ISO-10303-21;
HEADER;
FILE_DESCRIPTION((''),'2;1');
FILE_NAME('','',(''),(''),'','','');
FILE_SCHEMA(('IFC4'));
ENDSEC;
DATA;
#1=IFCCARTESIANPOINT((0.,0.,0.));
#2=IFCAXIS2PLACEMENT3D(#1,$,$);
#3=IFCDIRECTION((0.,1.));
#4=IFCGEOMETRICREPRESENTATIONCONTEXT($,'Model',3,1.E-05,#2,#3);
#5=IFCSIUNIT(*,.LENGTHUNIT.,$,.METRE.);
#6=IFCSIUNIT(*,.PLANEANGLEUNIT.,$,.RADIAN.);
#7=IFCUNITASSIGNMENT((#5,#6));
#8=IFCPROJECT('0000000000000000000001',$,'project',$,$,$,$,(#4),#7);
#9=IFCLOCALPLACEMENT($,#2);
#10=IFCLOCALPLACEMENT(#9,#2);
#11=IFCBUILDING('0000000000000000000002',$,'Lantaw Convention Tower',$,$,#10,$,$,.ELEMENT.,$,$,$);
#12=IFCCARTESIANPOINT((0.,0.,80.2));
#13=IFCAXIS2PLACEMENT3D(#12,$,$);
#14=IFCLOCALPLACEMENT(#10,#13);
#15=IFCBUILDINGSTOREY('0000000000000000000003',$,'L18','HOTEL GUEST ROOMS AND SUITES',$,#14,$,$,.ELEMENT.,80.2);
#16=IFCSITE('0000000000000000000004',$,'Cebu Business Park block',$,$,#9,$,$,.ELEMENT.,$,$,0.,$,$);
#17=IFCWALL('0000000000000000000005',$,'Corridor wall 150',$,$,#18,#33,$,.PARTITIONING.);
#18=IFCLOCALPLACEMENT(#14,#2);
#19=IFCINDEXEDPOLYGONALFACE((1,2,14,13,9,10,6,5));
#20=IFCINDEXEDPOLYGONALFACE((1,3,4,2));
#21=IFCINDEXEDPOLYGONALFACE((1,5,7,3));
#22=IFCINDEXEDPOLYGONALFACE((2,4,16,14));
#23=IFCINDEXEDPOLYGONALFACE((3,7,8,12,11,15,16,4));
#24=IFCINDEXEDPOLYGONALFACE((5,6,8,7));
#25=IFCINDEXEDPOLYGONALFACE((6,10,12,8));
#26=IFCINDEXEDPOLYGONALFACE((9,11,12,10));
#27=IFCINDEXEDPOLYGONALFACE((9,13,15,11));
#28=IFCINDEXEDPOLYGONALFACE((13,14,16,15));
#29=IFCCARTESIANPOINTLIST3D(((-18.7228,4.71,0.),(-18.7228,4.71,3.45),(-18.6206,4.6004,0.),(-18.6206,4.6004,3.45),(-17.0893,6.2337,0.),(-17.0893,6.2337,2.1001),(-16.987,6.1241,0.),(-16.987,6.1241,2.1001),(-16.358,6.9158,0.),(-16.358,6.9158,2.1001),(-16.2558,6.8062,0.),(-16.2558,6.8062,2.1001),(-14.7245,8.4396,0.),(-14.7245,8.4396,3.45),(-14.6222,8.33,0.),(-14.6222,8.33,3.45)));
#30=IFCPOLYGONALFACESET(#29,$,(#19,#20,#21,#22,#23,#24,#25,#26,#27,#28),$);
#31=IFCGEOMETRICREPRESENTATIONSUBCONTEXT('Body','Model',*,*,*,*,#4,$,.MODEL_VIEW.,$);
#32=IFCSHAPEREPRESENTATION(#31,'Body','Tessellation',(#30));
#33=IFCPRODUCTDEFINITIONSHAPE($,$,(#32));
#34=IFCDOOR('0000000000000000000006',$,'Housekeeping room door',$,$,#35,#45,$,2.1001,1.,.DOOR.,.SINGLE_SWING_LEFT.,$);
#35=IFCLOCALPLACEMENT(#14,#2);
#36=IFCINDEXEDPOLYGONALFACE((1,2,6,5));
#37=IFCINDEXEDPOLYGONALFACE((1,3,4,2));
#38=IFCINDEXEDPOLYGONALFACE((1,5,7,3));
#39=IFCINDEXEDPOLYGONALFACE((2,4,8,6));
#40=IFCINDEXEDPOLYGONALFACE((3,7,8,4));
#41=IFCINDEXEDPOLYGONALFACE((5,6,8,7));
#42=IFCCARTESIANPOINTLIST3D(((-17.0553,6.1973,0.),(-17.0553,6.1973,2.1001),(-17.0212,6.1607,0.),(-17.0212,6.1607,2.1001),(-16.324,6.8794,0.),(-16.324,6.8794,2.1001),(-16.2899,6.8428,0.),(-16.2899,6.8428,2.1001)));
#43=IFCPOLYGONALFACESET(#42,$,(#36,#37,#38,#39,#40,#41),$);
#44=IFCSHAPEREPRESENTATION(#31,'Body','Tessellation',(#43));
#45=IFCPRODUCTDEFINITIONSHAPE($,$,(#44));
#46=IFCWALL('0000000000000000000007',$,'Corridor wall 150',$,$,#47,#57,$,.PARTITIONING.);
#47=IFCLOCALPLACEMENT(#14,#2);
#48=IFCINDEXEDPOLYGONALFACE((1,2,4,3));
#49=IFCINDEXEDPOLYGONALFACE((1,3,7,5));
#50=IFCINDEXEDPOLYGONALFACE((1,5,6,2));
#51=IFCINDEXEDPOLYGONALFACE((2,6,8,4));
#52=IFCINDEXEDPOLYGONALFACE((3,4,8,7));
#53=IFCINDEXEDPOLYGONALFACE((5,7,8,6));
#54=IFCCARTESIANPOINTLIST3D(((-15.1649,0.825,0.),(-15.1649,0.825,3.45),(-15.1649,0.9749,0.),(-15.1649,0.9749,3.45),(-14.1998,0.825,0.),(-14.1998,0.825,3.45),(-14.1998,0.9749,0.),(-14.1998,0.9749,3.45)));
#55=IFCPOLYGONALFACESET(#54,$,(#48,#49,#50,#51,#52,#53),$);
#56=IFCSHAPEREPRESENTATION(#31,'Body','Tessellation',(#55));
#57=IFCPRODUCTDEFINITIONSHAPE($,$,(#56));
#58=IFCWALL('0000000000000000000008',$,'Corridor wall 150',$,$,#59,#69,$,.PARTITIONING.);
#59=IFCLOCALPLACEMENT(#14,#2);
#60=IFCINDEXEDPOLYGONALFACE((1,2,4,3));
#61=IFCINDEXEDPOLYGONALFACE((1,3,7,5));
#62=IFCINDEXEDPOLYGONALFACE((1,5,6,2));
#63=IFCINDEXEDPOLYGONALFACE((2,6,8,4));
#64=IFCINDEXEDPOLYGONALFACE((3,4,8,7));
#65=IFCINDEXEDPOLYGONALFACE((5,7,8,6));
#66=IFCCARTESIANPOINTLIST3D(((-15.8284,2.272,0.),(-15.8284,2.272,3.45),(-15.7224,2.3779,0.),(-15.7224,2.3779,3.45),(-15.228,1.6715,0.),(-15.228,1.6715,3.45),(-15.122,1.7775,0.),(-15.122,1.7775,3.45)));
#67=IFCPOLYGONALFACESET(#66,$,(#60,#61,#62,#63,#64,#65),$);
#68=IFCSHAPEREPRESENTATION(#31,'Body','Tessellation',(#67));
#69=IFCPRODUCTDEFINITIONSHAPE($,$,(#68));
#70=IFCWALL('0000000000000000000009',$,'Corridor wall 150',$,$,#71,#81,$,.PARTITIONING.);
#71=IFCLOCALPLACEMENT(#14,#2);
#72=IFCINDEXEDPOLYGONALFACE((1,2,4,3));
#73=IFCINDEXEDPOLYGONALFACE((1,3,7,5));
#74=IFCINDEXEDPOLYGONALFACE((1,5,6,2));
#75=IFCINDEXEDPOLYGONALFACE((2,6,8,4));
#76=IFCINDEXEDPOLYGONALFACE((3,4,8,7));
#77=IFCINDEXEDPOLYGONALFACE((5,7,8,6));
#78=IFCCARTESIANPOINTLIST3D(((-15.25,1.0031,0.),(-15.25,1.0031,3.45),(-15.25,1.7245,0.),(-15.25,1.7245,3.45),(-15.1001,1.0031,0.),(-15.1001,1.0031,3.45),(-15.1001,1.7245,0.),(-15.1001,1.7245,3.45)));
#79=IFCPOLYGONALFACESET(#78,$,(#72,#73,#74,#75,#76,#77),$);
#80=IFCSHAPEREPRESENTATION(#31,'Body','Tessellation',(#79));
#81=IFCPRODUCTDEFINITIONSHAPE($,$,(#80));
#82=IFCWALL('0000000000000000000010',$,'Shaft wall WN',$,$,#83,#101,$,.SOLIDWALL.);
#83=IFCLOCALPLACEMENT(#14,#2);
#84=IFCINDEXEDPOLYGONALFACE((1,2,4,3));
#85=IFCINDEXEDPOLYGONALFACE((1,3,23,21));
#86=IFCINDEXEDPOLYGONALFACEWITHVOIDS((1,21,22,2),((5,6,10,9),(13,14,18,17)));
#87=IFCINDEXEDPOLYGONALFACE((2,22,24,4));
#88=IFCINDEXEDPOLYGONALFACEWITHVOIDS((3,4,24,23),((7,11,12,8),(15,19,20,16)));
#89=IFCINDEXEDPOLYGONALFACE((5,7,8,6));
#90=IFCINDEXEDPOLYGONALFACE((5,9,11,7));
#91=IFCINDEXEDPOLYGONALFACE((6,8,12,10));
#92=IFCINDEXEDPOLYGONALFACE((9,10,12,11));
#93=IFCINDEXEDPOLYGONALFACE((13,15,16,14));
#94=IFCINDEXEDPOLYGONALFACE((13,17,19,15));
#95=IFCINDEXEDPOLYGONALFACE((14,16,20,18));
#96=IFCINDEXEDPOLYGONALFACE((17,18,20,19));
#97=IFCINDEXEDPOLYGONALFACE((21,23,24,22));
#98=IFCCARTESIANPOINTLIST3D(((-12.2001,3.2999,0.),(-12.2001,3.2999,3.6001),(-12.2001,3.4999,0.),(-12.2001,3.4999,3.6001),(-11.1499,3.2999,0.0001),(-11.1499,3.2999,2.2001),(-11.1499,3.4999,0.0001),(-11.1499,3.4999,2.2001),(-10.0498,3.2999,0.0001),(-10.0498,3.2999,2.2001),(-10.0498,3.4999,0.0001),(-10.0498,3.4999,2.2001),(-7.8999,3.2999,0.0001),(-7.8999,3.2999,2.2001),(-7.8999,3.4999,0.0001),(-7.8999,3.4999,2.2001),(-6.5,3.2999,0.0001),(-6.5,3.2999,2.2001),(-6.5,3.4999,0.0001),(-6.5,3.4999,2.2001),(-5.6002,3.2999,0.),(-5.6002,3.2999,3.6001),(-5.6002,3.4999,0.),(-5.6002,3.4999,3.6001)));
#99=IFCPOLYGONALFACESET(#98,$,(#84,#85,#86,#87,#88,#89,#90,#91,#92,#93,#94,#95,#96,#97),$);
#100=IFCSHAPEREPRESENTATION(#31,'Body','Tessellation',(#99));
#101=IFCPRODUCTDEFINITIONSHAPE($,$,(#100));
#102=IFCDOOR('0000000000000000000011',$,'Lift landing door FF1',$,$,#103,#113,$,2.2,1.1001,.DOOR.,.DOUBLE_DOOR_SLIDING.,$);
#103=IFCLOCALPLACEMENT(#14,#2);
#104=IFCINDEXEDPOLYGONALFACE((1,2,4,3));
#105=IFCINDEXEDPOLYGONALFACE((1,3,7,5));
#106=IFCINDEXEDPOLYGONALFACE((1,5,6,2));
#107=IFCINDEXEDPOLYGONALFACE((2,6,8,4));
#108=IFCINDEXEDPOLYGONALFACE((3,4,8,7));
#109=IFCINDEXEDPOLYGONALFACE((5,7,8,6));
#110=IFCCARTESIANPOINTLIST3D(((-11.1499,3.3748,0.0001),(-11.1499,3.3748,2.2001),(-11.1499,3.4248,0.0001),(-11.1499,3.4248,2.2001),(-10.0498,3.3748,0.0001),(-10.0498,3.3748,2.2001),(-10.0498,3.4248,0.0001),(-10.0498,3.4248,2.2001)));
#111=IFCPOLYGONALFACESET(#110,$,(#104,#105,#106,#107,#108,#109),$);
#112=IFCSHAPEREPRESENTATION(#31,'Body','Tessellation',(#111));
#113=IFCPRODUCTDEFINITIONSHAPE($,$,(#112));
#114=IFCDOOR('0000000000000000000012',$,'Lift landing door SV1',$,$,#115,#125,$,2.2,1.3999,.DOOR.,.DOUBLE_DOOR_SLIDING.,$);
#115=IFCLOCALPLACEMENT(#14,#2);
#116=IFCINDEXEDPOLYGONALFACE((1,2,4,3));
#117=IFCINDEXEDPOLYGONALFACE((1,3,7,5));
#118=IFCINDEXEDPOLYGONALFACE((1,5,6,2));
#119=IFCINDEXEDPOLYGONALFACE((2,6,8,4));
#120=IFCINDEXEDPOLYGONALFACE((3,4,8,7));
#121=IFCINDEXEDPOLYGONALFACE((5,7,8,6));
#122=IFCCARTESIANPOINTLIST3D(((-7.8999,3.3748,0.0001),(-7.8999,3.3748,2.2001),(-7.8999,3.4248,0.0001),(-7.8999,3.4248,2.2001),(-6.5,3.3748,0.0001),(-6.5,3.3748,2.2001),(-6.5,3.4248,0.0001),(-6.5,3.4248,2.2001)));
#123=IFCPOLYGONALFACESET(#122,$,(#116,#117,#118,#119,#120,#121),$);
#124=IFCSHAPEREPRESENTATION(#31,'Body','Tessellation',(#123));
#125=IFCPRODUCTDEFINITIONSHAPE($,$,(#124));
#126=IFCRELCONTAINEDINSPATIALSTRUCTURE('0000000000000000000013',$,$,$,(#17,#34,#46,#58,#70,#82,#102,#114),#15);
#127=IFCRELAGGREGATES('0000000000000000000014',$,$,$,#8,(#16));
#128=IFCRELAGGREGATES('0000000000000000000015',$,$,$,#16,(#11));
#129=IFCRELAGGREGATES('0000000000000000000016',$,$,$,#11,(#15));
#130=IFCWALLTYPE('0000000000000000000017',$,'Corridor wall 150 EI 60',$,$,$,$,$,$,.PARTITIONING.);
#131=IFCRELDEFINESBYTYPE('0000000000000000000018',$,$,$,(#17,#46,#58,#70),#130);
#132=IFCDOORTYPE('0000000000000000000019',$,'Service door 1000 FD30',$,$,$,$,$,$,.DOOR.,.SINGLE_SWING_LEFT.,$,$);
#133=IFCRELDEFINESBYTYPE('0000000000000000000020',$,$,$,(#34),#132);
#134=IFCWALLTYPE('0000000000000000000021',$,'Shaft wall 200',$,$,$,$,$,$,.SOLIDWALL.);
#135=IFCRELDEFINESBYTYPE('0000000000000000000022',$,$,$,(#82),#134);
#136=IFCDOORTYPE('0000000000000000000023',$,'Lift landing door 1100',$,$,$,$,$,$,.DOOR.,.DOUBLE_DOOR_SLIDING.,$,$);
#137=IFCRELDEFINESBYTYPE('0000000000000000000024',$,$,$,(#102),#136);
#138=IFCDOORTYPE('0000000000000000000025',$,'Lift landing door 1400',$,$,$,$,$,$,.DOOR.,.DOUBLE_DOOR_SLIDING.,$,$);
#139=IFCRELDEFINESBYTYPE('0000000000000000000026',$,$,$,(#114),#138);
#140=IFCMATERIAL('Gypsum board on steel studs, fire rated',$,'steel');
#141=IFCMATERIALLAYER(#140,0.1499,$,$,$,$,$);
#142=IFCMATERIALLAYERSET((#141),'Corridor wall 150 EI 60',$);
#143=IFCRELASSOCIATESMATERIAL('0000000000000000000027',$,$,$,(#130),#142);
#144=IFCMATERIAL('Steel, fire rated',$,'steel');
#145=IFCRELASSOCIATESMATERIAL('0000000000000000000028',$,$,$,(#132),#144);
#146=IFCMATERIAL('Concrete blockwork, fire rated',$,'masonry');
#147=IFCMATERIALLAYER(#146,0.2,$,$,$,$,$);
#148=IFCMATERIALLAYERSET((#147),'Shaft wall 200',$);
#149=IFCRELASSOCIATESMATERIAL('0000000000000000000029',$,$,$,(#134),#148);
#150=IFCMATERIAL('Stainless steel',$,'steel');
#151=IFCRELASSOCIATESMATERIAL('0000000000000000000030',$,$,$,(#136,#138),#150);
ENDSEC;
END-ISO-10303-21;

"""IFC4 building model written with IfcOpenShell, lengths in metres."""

from ifc_helpers import new_model, si_unit, direction, frame, frame_2d, origin, place, context, subcontext, project, spatial, rectangle, extrude, material, layer, layer_set, type_object, element, fill, save


model = new_model("IFC4")

# Units and contexts
model_context = context("Model", 3, precision=1e-05, world=origin(), true_north=direction((0.0, 1.0)))
body_context = subcontext(model_context, "Body", "Model", "MODEL_VIEW")
ifc_project = project(units=[si_unit("LENGTHUNIT", "METRE"), si_unit("PLANEANGLEUNIT", "RADIAN")], contexts=[model_context])

# Site, building, storey
site_placement = place(None, origin())
site = spatial("IfcSite", under=ifc_project, at=site_placement, Name="Cebu Business Park block", CompositionType="ELEMENT", RefElevation=0.0)
building_placement = place(site_placement, origin())
building = spatial("IfcBuilding", under=site, at=building_placement, Name="Lantaw Convention Tower", CompositionType="ELEMENT")
storey_placement = place(building_placement, frame((0.0, 0.0, 80.2)))
storey = spatial("IfcBuildingStorey", under=building, at=storey_placement, Name="L18", Description="HOTEL GUEST ROOMS AND SUITES", CompositionType="ELEMENT", Elevation=80.2)

# Wall, opening, door
ifc_material_1 = material(Name="Gypsum board on steel studs, fire rated", Category="steel")
ifc_layer_1 = layer(ifc_material_1, 0.1499)
ifc_layer_set_1 = layer_set([ifc_layer_1], Name="Corridor wall 150 EI 60")
wall_type_1 = type_object("IfcWallType", Name="Corridor wall 150 EI 60", PredefinedType="PARTITIONING", material=ifc_layer_set_1)
wall_1_placement = place(storey_placement, frame((-14.6733, 8.3848, 0.0), z_axis=(0.0, 0.0, 1.0), x_axis=(-0.73126, -0.682099, 0.0)))
wall_1 = element("IfcWall", 1, at=wall_1_placement, inside=storey, type_object=wall_type_1, Name="Corridor wall 150", PredefinedType="PARTITIONING", context=body_context, shape_type="SweptSolid", body=[
    extrude(rectangle(XDim=5.4678, YDim=0.1499, at=frame_2d((2.7339, 0.0))), origin(), (0.0, 0.0, 1.0), 3.45),
])
opening_1_placement = place(wall_1_placement, frame((2.2339, 0.0, 0.0)))
opening_1 = element("IfcOpeningElement", 2, at=opening_1_placement, cuts=wall_1, PredefinedType="OPENING", context=body_context, shape_type="SweptSolid", body=[
    extrude(rectangle(XDim=1.0, YDim=2.1001, at=frame_2d((0.5, 1.05))), frame((0.0, 0.085, 0.0), z_axis=(0.0, -1.0, 0.0), x_axis=(1.0, 0.0, 0.0)), (0.0, 0.0, 1.0), 0.1699),
])
ifc_material_2 = material(Name="Steel, fire rated", Category="steel")
door_type_1 = type_object("IfcDoorType", Name="Service door 1000 FD30", OperationType="SINGLE_SWING_LEFT", PredefinedType="DOOR", material=ifc_material_2)
door_1_placement = place(opening_1_placement, origin())
door_1 = element("IfcDoor", 3, at=door_1_placement, inside=storey, type_object=door_type_1, Name="Housekeeping room door", OperationType="SINGLE_SWING_LEFT", OverallHeight=2.1001, OverallWidth=1.0, PredefinedType="DOOR", context=body_context, shape_type="SweptSolid", body=[
    extrude(rectangle(XDim=1.0, YDim=2.1001, at=frame_2d((0.5, 1.05))), frame((0.0, 0.0249, 0.0), z_axis=(0.0, -1.0, 0.0), x_axis=(1.0, 0.0, 0.0)), (0.0, 0.0, 1.0), 0.05),
])
fill(opening_1, door_1)

# Walls
wall_2_placement = place(storey_placement, frame((-14.2, 0.8999, 0.0), z_axis=(0.0, 0.0, 1.0), x_axis=(-1.0, 0.0, 0.0)))
element("IfcWall", 4, at=wall_2_placement, inside=storey, type_object=wall_type_1, Name="Corridor wall 150", PredefinedType="PARTITIONING", context=body_context, shape_type="SweptSolid", body=[
    extrude(rectangle(XDim=0.9651, YDim=0.1499, at=frame_2d((0.4824, 0.0))), origin(), (0.0, 0.0, 1.0), 3.45),
])
wall_3_placement = place(storey_placement, frame((-15.7754, 2.325, 0.0), z_axis=(0.0, 0.0, 1.0), x_axis=(0.707107, -0.707107, 0.0)))
element("IfcWall", 5, at=wall_3_placement, inside=storey, type_object=wall_type_1, Name="Corridor wall 150", PredefinedType="PARTITIONING", context=body_context, shape_type="SweptSolid", body=[
    extrude(rectangle(XDim=0.8491, YDim=0.1499, at=frame_2d((0.4246, 0.0))), origin(), (0.0, 0.0, 1.0), 3.45),
])
wall_4_placement = place(storey_placement, frame((-15.175, 1.7246, 0.0), z_axis=(0.0, 0.0, 1.0), x_axis=(0.0, -1.0, 0.0)))
element("IfcWall", 6, at=wall_4_placement, inside=storey, type_object=wall_type_1, Name="Corridor wall 150", PredefinedType="PARTITIONING", context=body_context, shape_type="SweptSolid", body=[
    extrude(rectangle(XDim=0.7214, YDim=0.1499, at=frame_2d((0.3608, 0.0))), origin(), (0.0, 0.0, 1.0), 3.45),
])

# Wall, openings, doors
ifc_material_3 = material(Name="Concrete blockwork, fire rated", Category="masonry")
ifc_layer_2 = layer(ifc_material_3, 0.2)
ifc_layer_set_2 = layer_set([ifc_layer_2], Name="Shaft wall 200")
wall_type_2 = type_object("IfcWallType", Name="Shaft wall 200", PredefinedType="SOLIDWALL", material=ifc_layer_set_2)
wall_5_placement = place(storey_placement, frame((-12.2, 3.3999, 0.0), z_axis=(0.0, 0.0, 1.0), x_axis=(1.0, 0.0, 0.0)))
wall_5 = element("IfcWall", 7, at=wall_5_placement, inside=storey, type_object=wall_type_2, Name="Shaft wall WN", PredefinedType="SOLIDWALL", context=body_context, shape_type="SweptSolid", body=[
    extrude(rectangle(XDim=6.5999, YDim=0.2, at=frame_2d((3.2998, 0.0))), origin(), (0.0, 0.0, 1.0), 3.6001),
])
opening_2_placement = place(wall_5_placement, frame((1.05, 0.0, 0.0)))
opening_2 = element("IfcOpeningElement", 8, at=opening_2_placement, cuts=wall_5, PredefinedType="OPENING", context=body_context, shape_type="SweptSolid", body=[
    extrude(rectangle(XDim=1.1001, YDim=2.2, at=frame_2d((0.55, 1.1001))), frame((0.0, 0.1099, 0.0), z_axis=(0.0, -1.0, 0.0), x_axis=(1.0, 0.0, 0.0)), (0.0, 0.0, 1.0), 0.22),
])
opening_3_placement = place(wall_5_placement, frame((4.3, 0.0, 0.0)))
opening_3 = element("IfcOpeningElement", 9, at=opening_3_placement, cuts=wall_5, PredefinedType="OPENING", context=body_context, shape_type="SweptSolid", body=[
    extrude(rectangle(XDim=1.3999, YDim=2.2, at=frame_2d((0.7, 1.1001))), frame((0.0, 0.1099, 0.0), z_axis=(0.0, -1.0, 0.0), x_axis=(1.0, 0.0, 0.0)), (0.0, 0.0, 1.0), 0.22),
])
ifc_material_4 = material(Name="Stainless steel", Category="steel")
door_type_2 = type_object("IfcDoorType", Name="Lift landing door 1100", OperationType="DOUBLE_DOOR_SLIDING", PredefinedType="DOOR", material=ifc_material_4)
door_2_placement = place(opening_2_placement, origin())
door_2 = element("IfcDoor", 10, at=door_2_placement, inside=storey, type_object=door_type_2, Name="Lift landing door FF1", OperationType="DOUBLE_DOOR_SLIDING", OverallHeight=2.2, OverallWidth=1.1001, PredefinedType="DOOR", context=body_context, shape_type="SweptSolid", body=[
    extrude(rectangle(XDim=1.1001, YDim=2.2, at=frame_2d((0.55, 1.1001))), frame((0.0, 0.0249, 0.0), z_axis=(0.0, -1.0, 0.0), x_axis=(1.0, 0.0, 0.0)), (0.0, 0.0, 1.0), 0.05),
])
fill(opening_2, door_2)
door_type_3 = type_object("IfcDoorType", Name="Lift landing door 1400", OperationType="DOUBLE_DOOR_SLIDING", PredefinedType="DOOR", material=ifc_material_4)
door_3_placement = place(opening_3_placement, origin())
door_3 = element("IfcDoor", 11, at=door_3_placement, inside=storey, type_object=door_type_3, Name="Lift landing door SV1", OperationType="DOUBLE_DOOR_SLIDING", OverallHeight=2.2, OverallWidth=1.3999, PredefinedType="DOOR", context=body_context, shape_type="SweptSolid", body=[
    extrude(rectangle(XDim=1.3999, YDim=2.2, at=frame_2d((0.7, 1.1001))), frame((0.0, 0.0249, 0.0), z_axis=(0.0, -1.0, 0.0), x_axis=(1.0, 0.0, 0.0)), (0.0, 0.0, 1.0), 0.05),
])
fill(opening_3, door_3)

save(model, "model.ifc")
